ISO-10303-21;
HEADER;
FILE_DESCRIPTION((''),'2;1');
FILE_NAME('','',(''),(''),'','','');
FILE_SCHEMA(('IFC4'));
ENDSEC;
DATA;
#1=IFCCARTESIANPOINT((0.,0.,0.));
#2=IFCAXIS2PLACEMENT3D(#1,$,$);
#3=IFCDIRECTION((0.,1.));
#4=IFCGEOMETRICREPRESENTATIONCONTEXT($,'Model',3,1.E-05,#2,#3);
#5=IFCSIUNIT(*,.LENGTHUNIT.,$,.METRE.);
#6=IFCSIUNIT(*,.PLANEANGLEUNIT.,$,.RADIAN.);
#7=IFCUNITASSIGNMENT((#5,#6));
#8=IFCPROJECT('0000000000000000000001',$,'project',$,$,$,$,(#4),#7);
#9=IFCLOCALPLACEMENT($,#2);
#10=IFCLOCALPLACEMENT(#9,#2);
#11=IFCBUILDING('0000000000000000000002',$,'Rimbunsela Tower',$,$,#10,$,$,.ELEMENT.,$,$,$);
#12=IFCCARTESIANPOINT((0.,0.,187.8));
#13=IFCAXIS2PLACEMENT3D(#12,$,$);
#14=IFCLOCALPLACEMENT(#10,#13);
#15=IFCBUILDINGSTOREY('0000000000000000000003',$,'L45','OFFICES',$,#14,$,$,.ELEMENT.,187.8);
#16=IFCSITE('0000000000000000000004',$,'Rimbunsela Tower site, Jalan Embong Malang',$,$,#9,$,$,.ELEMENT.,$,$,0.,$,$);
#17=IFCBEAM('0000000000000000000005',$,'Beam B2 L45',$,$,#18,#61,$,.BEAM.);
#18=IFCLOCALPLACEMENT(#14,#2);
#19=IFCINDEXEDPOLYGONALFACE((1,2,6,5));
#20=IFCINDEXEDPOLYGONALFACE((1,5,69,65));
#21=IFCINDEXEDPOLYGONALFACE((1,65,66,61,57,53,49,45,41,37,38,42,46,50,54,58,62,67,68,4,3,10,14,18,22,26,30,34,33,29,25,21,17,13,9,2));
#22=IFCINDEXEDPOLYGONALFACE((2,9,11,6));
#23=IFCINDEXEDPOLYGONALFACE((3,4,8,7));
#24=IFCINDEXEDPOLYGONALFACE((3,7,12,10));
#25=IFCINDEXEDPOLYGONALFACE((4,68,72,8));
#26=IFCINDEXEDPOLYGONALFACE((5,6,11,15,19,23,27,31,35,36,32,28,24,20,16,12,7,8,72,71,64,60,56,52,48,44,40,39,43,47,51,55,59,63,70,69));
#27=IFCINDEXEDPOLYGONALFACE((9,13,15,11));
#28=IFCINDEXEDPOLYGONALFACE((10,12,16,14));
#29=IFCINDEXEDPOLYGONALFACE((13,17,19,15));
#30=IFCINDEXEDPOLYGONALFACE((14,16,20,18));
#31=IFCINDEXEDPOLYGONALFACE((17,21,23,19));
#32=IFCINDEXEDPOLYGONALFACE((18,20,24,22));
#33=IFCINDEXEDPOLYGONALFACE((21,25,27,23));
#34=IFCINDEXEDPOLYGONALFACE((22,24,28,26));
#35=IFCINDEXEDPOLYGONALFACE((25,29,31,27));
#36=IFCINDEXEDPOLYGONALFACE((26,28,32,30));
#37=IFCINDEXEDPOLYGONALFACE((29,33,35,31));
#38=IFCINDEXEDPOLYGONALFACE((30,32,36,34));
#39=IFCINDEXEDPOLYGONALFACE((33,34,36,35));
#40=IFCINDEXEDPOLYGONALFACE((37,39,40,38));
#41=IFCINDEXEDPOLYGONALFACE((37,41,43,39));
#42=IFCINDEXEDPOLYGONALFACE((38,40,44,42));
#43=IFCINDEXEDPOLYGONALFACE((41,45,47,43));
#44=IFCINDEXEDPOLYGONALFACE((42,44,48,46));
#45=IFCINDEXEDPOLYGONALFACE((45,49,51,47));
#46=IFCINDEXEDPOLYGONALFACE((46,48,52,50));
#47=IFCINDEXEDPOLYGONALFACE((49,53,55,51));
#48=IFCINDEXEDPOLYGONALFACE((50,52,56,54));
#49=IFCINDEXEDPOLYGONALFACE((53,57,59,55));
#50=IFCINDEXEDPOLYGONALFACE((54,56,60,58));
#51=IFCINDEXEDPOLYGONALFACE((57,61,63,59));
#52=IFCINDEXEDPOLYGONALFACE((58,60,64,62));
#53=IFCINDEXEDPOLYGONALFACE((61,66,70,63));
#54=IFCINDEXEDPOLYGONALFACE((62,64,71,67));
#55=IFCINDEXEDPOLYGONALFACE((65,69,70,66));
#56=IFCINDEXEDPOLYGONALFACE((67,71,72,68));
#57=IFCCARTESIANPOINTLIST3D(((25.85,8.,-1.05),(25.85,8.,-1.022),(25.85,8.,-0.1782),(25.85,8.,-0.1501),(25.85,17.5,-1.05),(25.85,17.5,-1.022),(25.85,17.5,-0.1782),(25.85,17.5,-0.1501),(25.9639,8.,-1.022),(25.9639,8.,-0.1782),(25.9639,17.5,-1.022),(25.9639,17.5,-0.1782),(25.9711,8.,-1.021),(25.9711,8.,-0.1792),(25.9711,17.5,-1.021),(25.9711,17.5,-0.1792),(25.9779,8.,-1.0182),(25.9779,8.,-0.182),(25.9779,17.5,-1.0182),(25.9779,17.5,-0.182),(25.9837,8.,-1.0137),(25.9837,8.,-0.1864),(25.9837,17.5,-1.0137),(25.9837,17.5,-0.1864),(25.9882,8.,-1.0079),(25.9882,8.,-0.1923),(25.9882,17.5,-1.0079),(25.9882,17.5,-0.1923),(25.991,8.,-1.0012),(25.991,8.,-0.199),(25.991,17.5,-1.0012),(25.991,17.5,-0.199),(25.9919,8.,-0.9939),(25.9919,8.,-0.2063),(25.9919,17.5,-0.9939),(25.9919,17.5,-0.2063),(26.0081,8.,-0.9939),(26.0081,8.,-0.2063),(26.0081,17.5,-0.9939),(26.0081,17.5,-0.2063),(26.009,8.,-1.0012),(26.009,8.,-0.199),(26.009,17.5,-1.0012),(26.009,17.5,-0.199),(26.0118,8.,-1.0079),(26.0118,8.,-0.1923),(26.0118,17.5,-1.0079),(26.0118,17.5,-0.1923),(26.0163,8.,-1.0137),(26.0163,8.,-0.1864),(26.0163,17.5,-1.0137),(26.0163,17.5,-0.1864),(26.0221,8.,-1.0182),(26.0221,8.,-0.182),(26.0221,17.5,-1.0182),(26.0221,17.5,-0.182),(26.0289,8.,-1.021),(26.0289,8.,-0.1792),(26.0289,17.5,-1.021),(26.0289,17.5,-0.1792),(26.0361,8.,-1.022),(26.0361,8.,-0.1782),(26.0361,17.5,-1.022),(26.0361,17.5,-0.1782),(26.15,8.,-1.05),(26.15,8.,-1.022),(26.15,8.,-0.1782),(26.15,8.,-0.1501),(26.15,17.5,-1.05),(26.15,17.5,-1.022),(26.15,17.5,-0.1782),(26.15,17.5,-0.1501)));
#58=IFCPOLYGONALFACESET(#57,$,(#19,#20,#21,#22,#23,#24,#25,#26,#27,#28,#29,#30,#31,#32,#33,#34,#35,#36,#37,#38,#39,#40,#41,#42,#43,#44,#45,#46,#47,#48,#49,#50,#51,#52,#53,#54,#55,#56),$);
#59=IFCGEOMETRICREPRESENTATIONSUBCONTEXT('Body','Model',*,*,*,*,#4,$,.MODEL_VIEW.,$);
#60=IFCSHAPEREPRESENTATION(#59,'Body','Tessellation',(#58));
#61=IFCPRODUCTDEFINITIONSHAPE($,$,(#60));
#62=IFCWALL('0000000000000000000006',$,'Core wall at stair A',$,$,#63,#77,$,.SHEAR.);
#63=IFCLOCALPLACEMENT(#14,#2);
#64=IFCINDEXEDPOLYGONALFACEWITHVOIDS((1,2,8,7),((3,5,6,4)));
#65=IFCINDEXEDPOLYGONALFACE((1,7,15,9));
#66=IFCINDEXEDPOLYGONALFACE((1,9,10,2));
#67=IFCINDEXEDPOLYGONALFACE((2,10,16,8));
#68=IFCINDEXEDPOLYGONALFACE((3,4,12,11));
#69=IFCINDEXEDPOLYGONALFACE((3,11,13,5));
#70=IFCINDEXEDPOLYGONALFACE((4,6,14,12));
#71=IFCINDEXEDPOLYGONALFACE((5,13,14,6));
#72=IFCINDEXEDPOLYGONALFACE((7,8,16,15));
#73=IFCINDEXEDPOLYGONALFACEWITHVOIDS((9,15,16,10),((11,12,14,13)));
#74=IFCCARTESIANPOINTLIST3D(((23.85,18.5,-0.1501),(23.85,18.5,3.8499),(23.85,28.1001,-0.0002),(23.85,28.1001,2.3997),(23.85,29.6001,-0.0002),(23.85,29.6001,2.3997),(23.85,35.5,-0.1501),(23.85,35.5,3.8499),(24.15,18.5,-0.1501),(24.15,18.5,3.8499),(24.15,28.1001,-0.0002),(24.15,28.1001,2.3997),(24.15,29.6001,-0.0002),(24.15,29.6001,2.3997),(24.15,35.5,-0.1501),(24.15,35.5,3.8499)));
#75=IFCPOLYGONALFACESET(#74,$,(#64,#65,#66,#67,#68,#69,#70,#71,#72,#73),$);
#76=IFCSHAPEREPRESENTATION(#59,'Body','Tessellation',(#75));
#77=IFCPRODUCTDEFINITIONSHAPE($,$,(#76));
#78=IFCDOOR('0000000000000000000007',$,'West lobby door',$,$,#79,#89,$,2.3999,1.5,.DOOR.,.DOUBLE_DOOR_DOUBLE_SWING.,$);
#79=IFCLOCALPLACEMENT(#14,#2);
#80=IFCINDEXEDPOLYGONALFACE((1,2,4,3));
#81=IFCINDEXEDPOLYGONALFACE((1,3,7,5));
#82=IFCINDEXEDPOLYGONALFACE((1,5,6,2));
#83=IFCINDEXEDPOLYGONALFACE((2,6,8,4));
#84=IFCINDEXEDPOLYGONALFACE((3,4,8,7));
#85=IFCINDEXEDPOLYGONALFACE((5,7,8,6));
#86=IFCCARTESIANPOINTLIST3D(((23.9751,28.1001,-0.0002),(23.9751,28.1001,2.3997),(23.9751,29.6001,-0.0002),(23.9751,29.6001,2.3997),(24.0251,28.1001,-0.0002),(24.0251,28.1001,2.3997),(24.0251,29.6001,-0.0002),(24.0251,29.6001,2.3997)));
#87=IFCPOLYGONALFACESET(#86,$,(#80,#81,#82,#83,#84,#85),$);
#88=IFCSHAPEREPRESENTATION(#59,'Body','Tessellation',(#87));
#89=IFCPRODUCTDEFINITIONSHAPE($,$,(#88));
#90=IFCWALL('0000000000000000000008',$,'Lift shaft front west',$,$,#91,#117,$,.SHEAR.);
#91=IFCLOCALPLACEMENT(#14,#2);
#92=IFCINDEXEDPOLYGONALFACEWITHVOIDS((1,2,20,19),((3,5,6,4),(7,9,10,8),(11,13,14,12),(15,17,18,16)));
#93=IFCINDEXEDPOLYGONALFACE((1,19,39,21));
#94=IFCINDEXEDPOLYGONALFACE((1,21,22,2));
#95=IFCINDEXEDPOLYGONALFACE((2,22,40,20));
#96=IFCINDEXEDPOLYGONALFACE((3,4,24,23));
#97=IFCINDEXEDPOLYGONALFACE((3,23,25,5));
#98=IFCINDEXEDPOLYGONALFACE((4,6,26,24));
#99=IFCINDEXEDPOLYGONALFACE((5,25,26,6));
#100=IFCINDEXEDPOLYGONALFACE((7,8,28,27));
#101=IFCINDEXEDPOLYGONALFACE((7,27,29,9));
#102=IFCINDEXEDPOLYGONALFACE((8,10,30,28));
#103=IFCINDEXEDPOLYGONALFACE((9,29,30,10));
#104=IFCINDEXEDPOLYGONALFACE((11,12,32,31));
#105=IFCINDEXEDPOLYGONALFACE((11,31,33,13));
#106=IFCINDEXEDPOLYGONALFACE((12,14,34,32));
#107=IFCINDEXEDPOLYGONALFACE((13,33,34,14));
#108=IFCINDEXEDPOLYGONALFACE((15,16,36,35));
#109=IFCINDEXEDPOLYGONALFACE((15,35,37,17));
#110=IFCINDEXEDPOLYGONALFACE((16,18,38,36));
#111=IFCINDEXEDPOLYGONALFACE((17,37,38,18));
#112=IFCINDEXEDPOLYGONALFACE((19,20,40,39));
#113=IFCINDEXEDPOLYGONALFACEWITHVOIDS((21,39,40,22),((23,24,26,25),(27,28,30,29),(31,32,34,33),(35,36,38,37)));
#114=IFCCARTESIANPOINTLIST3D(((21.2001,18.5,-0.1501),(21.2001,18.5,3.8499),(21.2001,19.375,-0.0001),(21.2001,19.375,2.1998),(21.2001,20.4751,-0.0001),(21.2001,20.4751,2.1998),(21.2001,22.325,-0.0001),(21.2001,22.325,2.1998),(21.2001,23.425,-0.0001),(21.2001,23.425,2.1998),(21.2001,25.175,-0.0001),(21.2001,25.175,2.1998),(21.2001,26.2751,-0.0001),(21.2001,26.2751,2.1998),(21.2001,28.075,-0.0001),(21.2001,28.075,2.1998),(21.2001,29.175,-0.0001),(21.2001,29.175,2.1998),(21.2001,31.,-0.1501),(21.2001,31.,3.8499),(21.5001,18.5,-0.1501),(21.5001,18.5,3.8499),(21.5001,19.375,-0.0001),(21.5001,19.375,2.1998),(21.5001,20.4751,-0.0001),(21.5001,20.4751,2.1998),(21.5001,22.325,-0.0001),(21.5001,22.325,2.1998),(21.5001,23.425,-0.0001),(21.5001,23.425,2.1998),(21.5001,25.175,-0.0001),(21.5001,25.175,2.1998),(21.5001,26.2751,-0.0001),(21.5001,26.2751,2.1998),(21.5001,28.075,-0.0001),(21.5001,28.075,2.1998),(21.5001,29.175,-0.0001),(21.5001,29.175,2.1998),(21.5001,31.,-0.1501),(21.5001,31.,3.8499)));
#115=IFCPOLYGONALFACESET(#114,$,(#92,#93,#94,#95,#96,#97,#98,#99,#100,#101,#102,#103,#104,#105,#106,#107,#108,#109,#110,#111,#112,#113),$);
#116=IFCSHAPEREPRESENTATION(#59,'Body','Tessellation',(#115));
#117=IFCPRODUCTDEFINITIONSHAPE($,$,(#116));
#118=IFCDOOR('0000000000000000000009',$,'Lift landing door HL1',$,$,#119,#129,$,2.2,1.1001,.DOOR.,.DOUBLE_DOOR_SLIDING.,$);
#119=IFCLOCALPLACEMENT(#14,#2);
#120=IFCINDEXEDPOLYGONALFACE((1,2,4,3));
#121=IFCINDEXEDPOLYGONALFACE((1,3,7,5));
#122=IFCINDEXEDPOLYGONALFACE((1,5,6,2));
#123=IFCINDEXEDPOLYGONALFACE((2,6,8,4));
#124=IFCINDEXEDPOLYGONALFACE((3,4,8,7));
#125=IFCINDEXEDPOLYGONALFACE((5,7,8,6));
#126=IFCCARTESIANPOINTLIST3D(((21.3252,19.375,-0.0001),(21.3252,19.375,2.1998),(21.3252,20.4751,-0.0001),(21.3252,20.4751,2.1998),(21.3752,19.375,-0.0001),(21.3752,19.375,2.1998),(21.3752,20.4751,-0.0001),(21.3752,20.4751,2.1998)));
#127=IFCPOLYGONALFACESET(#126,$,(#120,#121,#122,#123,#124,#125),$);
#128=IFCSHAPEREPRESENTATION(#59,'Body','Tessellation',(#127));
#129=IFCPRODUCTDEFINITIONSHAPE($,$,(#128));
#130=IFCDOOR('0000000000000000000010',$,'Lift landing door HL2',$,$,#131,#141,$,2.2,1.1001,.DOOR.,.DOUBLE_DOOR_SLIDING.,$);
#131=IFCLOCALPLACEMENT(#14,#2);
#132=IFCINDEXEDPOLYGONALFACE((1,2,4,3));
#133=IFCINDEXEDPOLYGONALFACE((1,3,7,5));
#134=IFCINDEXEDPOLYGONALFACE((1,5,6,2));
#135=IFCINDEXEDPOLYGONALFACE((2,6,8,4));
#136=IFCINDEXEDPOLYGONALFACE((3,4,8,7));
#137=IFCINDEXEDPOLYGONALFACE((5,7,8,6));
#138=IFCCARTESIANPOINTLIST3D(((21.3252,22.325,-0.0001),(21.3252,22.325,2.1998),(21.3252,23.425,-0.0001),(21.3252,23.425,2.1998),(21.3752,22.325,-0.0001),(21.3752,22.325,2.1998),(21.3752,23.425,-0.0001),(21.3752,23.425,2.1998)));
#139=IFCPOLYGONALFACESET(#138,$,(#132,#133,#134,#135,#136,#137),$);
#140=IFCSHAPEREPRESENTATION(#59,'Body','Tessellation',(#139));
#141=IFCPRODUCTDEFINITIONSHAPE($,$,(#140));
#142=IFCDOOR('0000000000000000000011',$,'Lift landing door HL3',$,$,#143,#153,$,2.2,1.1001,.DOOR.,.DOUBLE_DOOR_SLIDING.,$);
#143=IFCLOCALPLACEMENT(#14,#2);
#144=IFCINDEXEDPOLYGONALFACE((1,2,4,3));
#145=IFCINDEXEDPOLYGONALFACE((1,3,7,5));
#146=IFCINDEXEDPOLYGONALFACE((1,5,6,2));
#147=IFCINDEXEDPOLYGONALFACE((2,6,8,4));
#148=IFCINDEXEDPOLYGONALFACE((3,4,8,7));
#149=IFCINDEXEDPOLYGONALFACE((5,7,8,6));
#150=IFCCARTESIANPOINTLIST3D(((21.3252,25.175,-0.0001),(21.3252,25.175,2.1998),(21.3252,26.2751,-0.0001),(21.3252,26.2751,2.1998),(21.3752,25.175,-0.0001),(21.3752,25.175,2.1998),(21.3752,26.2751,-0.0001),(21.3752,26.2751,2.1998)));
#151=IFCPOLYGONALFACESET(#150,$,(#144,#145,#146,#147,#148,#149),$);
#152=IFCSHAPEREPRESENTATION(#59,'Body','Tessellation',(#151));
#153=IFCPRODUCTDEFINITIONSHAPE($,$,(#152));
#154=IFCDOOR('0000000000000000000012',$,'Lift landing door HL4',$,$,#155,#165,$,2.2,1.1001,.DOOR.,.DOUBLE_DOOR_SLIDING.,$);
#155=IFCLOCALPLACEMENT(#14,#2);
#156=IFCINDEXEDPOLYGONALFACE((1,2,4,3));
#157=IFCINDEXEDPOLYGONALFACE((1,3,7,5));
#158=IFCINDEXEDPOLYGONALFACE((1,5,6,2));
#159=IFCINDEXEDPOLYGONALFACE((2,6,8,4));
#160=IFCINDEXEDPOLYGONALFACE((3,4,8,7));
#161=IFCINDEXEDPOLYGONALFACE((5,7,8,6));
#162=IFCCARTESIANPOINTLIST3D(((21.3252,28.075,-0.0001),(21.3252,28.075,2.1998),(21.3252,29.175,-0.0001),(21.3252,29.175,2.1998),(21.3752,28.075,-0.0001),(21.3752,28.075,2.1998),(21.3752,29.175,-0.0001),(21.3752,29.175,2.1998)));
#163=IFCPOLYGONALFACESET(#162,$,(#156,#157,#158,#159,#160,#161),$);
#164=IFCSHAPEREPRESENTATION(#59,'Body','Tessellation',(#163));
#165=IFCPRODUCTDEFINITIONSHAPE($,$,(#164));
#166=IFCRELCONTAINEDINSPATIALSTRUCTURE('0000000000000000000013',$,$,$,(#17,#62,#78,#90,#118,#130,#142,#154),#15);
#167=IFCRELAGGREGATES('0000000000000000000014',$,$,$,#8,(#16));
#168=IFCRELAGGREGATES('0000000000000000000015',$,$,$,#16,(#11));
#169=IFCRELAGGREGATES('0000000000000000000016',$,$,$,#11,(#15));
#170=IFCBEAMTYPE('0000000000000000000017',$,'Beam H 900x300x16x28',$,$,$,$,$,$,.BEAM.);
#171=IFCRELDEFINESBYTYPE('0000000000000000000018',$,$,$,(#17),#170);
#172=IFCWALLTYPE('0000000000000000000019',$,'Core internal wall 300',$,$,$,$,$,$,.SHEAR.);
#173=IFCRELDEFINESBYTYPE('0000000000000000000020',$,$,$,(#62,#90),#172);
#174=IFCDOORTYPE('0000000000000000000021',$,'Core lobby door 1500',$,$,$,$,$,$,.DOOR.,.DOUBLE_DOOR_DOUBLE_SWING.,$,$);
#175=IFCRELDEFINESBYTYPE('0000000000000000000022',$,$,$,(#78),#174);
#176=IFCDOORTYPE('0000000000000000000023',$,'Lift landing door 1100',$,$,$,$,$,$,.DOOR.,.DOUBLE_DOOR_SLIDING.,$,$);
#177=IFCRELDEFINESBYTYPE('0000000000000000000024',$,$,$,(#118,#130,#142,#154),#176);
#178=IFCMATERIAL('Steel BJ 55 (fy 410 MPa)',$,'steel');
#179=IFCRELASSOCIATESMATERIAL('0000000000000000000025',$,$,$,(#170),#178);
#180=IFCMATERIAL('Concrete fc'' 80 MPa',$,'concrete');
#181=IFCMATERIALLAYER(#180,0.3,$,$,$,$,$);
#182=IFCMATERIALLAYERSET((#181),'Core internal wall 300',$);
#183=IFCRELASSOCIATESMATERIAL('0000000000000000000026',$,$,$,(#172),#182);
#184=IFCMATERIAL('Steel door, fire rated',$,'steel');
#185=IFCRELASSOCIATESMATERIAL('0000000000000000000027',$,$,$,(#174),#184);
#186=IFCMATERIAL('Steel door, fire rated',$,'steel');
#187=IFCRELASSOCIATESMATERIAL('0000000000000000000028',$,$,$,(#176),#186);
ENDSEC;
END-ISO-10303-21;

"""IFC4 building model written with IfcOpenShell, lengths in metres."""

from ifc_helpers import new_model, si_unit, direction, frame, frame_2d, origin, origin_2d, place, context, subcontext, project, spatial, rectangle, i_section, extrude, material, layer, layer_set, material_profile, profile_set, type_object, element, fill, save


model = new_model("IFC4")

# Units and contexts
model_context = context("Model", 3, precision=1e-05, world=origin(), true_north=direction((0.0, 1.0)))
body_context = subcontext(model_context, "Body", "Model", "MODEL_VIEW")
ifc_project = project(units=[si_unit("LENGTHUNIT", "METRE"), si_unit("PLANEANGLEUNIT", "RADIAN")], contexts=[model_context])

# Site, building, storey
site_placement = place(None, origin())
site = spatial("IfcSite", under=ifc_project, at=site_placement, Name="Rimbunsela Tower site, Jalan Embong Malang", CompositionType="ELEMENT", RefElevation=0.0)
building_placement = place(site_placement, origin())
building = spatial("IfcBuilding", under=site, at=building_placement, Name="Rimbunsela Tower", CompositionType="ELEMENT")
storey_placement = place(building_placement, frame((0.0, 0.0, 187.8)))
storey = spatial("IfcBuildingStorey", under=building, at=storey_placement, Name="L45", Description="OFFICES", CompositionType="ELEMENT", Elevation=187.8)

# Beam
ifc_material_1 = material(Name="Steel BJ 55 (fy 410 MPa)", Category="steel")
ifc_material_profile_1 = material_profile(ifc_material_1, i_section(OverallWidth=0.3, OverallDepth=0.8999, WebThickness=0.0161, FlangeThickness=0.0281, FilletRadius=0.0281, at=origin_2d()), Name="H 900x300x16x28")
ifc_profile_set_1 = profile_set([ifc_material_profile_1], Name="Steel BJ 55 (fy 410 MPa)")
beam_type_1 = type_object("IfcBeamType", Name="Beam H 900x300x16x28", PredefinedType="BEAM", material=ifc_profile_set_1)
for number, where, z_axis, x_axis, name in (
    (1, (26.0, 8.0, -0.6001), (0.0, 1.0, 0.0), (-1.0, 0.0, 0.0), "Beam B2 L45"),
):
    element("IfcBeam", number, at=place(storey_placement, frame(where, z_axis=z_axis, x_axis=x_axis)), inside=storey, type_object=beam_type_1, Name=name, PredefinedType="BEAM", context=body_context, shape_type="SweptSolid", body=[
        extrude(i_section(OverallWidth=0.3, OverallDepth=0.8999, WebThickness=0.0161, FlangeThickness=0.0281, FilletRadius=0.0281, at=origin_2d()), origin(), (0.0, 0.0, 1.0), 9.5),
    ])

# Wall, opening, door
ifc_material_2 = material(Name="Concrete fc' 80 MPa", Category="concrete")
ifc_layer_1 = layer(ifc_material_2, 0.3)
ifc_layer_set_1 = layer_set([ifc_layer_1], Name="Core internal wall 300")
wall_type_1 = type_object("IfcWallType", Name="Core internal wall 300", PredefinedType="SHEAR", material=ifc_layer_set_1)
wall_1_placement = place(storey_placement, frame((24.0, 18.5, -0.1501), z_axis=(0.0, 0.0, 1.0), x_axis=(0.0, 1.0, 0.0)))
wall_1 = element("IfcWall", 2, at=wall_1_placement, inside=storey, type_object=wall_type_1, Name="Core wall at stair A", PredefinedType="SHEAR", context=body_context, shape_type="SweptSolid", body=[
    extrude(rectangle(XDim=17.0, YDim=0.3, at=frame_2d((8.5, 0.0))), origin(), (0.0, 0.0, 1.0), 4.0),
])
opening_1_placement = place(wall_1_placement, frame((9.6001, 0.0, 0.1499)))
opening_1 = element("IfcOpeningElement", 3, at=opening_1_placement, cuts=wall_1, PredefinedType="OPENING", context=body_context, shape_type="SweptSolid", body=[
    extrude(rectangle(XDim=1.5, YDim=2.3999, at=frame_2d((0.75, 1.2))), frame((0.0, 0.1599, 0.0), z_axis=(0.0, -1.0, 0.0), x_axis=(1.0, 0.0, 0.0)), (0.0, 0.0, 1.0), 0.3201),
])
ifc_material_3 = material(Name="Steel door, fire rated", Category="steel")
door_type_1 = type_object("IfcDoorType", Name="Core lobby door 1500", OperationType="DOUBLE_DOOR_DOUBLE_SWING", PredefinedType="DOOR", material=ifc_material_3)
door_1_placement = place(opening_1_placement, origin())
door_1 = element("IfcDoor", 4, at=door_1_placement, inside=storey, type_object=door_type_1, Name="West lobby door", OperationType="DOUBLE_DOOR_DOUBLE_SWING", OverallHeight=2.3999, OverallWidth=1.5, PredefinedType="DOOR", context=body_context, shape_type="SweptSolid", body=[
    extrude(rectangle(XDim=1.5, YDim=2.3999, at=frame_2d((0.75, 1.2))), frame((0.0, 0.0249, 0.0), z_axis=(0.0, -1.0, 0.0), x_axis=(1.0, 0.0, 0.0)), (0.0, 0.0, 1.0), 0.05),
])
fill(opening_1, door_1)

# Wall, openings, doors
wall_2_placement = place(storey_placement, frame((21.3501, 18.5, -0.1501), z_axis=(0.0, 0.0, 1.0), x_axis=(0.0, 1.0, 0.0)))
wall_2 = element("IfcWall", 5, at=wall_2_placement, inside=storey, type_object=wall_type_1, Name="Lift shaft front west", PredefinedType="SHEAR", context=body_context, shape_type="SweptSolid", body=[
    extrude(rectangle(XDim=12.5, YDim=0.3, at=frame_2d((6.25, 0.0))), origin(), (0.0, 0.0, 1.0), 4.0),
])
opening_2_placement = place(wall_2_placement, frame((0.875, 0.0, 0.1499)))
opening_2 = element("IfcOpeningElement", 6, at=opening_2_placement, cuts=wall_2, PredefinedType="OPENING", context=body_context, shape_type="SweptSolid", body=[
    extrude(rectangle(XDim=1.1001, YDim=2.2, at=frame_2d((0.55, 1.1001))), frame((0.0, 0.1599, 0.0), z_axis=(0.0, -1.0, 0.0), x_axis=(1.0, 0.0, 0.0)), (0.0, 0.0, 1.0), 0.3201),
])
opening_3_placement = place(wall_2_placement, frame((3.825, 0.0, 0.1499)))
opening_3 = element("IfcOpeningElement", 7, at=opening_3_placement, cuts=wall_2, PredefinedType="OPENING", context=body_context, shape_type="SweptSolid", body=[
    extrude(rectangle(XDim=1.1001, YDim=2.2, at=frame_2d((0.55, 1.1001))), frame((0.0, 0.1599, 0.0), z_axis=(0.0, -1.0, 0.0), x_axis=(1.0, 0.0, 0.0)), (0.0, 0.0, 1.0), 0.3201),
])
opening_4_placement = place(wall_2_placement, frame((6.675, 0.0, 0.1499)))
opening_4 = element("IfcOpeningElement", 8, at=opening_4_placement, cuts=wall_2, PredefinedType="OPENING", context=body_context, shape_type="SweptSolid", body=[
    extrude(rectangle(XDim=1.1001, YDim=2.2, at=frame_2d((0.55, 1.1001))), frame((0.0, 0.1599, 0.0), z_axis=(0.0, -1.0, 0.0), x_axis=(1.0, 0.0, 0.0)), (0.0, 0.0, 1.0), 0.3201),
])
opening_5_placement = place(wall_2_placement, frame((9.575, 0.0, 0.1499)))
opening_5 = element("IfcOpeningElement", 9, at=opening_5_placement, cuts=wall_2, PredefinedType="OPENING", context=body_context, shape_type="SweptSolid", body=[
    extrude(rectangle(XDim=1.1001, YDim=2.2, at=frame_2d((0.55, 1.1001))), frame((0.0, 0.1599, 0.0), z_axis=(0.0, -1.0, 0.0), x_axis=(1.0, 0.0, 0.0)), (0.0, 0.0, 1.0), 0.3201),
])
ifc_material_4 = material(Name="Steel door, fire rated", Category="steel")
door_type_2 = type_object("IfcDoorType", Name="Lift landing door 1100", OperationType="DOUBLE_DOOR_SLIDING", PredefinedType="DOOR", material=ifc_material_4)
door_2_placement = place(opening_2_placement, origin())
door_2 = element("IfcDoor", 10, at=door_2_placement, inside=storey, type_object=door_type_2, Name="Lift landing door HL1", OperationType="DOUBLE_DOOR_SLIDING", OverallHeight=2.2, OverallWidth=1.1001, PredefinedType="DOOR", context=body_context, shape_type="SweptSolid", body=[
    extrude(rectangle(XDim=1.1001, YDim=2.2, at=frame_2d((0.55, 1.1001))), frame((0.0, 0.0249, 0.0), z_axis=(0.0, -1.0, 0.0), x_axis=(1.0, 0.0, 0.0)), (0.0, 0.0, 1.0), 0.05),
])
fill(opening_2, door_2)
door_3_placement = place(opening_3_placement, origin())
door_3 = element("IfcDoor", 11, at=door_3_placement, inside=storey, type_object=door_type_2, Name="Lift landing door HL2", OperationType="DOUBLE_DOOR_SLIDING", OverallHeight=2.2, OverallWidth=1.1001, PredefinedType="DOOR", context=body_context, shape_type="SweptSolid", body=[
    extrude(rectangle(XDim=1.1001, YDim=2.2, at=frame_2d((0.55, 1.1001))), frame((0.0, 0.0249, 0.0), z_axis=(0.0, -1.0, 0.0), x_axis=(1.0, 0.0, 0.0)), (0.0, 0.0, 1.0), 0.05),
])
fill(opening_3, door_3)
door_4_placement = place(opening_4_placement, origin())
door_4 = element("IfcDoor", 12, at=door_4_placement, inside=storey, type_object=door_type_2, Name="Lift landing door HL3", OperationType="DOUBLE_DOOR_SLIDING", OverallHeight=2.2, OverallWidth=1.1001, PredefinedType="DOOR", context=body_context, shape_type="SweptSolid", body=[
    extrude(rectangle(XDim=1.1001, YDim=2.2, at=frame_2d((0.55, 1.1001))), frame((0.0, 0.0249, 0.0), z_axis=(0.0, -1.0, 0.0), x_axis=(1.0, 0.0, 0.0)), (0.0, 0.0, 1.0), 0.05),
])
fill(opening_4, door_4)
door_5_placement = place(opening_5_placement, origin())
door_5 = element("IfcDoor", 13, at=door_5_placement, inside=storey, type_object=door_type_2, Name="Lift landing door HL4", OperationType="DOUBLE_DOOR_SLIDING", OverallHeight=2.2, OverallWidth=1.1001, PredefinedType="DOOR", context=body_context, shape_type="SweptSolid", body=[
    extrude(rectangle(XDim=1.1001, YDim=2.2, at=frame_2d((0.55, 1.1001))), frame((0.0, 0.0249, 0.0), z_axis=(0.0, -1.0, 0.0), x_axis=(1.0, 0.0, 0.0)), (0.0, 0.0, 1.0), 0.05),
])
fill(opening_5, door_5)

save(model, "model.ifc")
